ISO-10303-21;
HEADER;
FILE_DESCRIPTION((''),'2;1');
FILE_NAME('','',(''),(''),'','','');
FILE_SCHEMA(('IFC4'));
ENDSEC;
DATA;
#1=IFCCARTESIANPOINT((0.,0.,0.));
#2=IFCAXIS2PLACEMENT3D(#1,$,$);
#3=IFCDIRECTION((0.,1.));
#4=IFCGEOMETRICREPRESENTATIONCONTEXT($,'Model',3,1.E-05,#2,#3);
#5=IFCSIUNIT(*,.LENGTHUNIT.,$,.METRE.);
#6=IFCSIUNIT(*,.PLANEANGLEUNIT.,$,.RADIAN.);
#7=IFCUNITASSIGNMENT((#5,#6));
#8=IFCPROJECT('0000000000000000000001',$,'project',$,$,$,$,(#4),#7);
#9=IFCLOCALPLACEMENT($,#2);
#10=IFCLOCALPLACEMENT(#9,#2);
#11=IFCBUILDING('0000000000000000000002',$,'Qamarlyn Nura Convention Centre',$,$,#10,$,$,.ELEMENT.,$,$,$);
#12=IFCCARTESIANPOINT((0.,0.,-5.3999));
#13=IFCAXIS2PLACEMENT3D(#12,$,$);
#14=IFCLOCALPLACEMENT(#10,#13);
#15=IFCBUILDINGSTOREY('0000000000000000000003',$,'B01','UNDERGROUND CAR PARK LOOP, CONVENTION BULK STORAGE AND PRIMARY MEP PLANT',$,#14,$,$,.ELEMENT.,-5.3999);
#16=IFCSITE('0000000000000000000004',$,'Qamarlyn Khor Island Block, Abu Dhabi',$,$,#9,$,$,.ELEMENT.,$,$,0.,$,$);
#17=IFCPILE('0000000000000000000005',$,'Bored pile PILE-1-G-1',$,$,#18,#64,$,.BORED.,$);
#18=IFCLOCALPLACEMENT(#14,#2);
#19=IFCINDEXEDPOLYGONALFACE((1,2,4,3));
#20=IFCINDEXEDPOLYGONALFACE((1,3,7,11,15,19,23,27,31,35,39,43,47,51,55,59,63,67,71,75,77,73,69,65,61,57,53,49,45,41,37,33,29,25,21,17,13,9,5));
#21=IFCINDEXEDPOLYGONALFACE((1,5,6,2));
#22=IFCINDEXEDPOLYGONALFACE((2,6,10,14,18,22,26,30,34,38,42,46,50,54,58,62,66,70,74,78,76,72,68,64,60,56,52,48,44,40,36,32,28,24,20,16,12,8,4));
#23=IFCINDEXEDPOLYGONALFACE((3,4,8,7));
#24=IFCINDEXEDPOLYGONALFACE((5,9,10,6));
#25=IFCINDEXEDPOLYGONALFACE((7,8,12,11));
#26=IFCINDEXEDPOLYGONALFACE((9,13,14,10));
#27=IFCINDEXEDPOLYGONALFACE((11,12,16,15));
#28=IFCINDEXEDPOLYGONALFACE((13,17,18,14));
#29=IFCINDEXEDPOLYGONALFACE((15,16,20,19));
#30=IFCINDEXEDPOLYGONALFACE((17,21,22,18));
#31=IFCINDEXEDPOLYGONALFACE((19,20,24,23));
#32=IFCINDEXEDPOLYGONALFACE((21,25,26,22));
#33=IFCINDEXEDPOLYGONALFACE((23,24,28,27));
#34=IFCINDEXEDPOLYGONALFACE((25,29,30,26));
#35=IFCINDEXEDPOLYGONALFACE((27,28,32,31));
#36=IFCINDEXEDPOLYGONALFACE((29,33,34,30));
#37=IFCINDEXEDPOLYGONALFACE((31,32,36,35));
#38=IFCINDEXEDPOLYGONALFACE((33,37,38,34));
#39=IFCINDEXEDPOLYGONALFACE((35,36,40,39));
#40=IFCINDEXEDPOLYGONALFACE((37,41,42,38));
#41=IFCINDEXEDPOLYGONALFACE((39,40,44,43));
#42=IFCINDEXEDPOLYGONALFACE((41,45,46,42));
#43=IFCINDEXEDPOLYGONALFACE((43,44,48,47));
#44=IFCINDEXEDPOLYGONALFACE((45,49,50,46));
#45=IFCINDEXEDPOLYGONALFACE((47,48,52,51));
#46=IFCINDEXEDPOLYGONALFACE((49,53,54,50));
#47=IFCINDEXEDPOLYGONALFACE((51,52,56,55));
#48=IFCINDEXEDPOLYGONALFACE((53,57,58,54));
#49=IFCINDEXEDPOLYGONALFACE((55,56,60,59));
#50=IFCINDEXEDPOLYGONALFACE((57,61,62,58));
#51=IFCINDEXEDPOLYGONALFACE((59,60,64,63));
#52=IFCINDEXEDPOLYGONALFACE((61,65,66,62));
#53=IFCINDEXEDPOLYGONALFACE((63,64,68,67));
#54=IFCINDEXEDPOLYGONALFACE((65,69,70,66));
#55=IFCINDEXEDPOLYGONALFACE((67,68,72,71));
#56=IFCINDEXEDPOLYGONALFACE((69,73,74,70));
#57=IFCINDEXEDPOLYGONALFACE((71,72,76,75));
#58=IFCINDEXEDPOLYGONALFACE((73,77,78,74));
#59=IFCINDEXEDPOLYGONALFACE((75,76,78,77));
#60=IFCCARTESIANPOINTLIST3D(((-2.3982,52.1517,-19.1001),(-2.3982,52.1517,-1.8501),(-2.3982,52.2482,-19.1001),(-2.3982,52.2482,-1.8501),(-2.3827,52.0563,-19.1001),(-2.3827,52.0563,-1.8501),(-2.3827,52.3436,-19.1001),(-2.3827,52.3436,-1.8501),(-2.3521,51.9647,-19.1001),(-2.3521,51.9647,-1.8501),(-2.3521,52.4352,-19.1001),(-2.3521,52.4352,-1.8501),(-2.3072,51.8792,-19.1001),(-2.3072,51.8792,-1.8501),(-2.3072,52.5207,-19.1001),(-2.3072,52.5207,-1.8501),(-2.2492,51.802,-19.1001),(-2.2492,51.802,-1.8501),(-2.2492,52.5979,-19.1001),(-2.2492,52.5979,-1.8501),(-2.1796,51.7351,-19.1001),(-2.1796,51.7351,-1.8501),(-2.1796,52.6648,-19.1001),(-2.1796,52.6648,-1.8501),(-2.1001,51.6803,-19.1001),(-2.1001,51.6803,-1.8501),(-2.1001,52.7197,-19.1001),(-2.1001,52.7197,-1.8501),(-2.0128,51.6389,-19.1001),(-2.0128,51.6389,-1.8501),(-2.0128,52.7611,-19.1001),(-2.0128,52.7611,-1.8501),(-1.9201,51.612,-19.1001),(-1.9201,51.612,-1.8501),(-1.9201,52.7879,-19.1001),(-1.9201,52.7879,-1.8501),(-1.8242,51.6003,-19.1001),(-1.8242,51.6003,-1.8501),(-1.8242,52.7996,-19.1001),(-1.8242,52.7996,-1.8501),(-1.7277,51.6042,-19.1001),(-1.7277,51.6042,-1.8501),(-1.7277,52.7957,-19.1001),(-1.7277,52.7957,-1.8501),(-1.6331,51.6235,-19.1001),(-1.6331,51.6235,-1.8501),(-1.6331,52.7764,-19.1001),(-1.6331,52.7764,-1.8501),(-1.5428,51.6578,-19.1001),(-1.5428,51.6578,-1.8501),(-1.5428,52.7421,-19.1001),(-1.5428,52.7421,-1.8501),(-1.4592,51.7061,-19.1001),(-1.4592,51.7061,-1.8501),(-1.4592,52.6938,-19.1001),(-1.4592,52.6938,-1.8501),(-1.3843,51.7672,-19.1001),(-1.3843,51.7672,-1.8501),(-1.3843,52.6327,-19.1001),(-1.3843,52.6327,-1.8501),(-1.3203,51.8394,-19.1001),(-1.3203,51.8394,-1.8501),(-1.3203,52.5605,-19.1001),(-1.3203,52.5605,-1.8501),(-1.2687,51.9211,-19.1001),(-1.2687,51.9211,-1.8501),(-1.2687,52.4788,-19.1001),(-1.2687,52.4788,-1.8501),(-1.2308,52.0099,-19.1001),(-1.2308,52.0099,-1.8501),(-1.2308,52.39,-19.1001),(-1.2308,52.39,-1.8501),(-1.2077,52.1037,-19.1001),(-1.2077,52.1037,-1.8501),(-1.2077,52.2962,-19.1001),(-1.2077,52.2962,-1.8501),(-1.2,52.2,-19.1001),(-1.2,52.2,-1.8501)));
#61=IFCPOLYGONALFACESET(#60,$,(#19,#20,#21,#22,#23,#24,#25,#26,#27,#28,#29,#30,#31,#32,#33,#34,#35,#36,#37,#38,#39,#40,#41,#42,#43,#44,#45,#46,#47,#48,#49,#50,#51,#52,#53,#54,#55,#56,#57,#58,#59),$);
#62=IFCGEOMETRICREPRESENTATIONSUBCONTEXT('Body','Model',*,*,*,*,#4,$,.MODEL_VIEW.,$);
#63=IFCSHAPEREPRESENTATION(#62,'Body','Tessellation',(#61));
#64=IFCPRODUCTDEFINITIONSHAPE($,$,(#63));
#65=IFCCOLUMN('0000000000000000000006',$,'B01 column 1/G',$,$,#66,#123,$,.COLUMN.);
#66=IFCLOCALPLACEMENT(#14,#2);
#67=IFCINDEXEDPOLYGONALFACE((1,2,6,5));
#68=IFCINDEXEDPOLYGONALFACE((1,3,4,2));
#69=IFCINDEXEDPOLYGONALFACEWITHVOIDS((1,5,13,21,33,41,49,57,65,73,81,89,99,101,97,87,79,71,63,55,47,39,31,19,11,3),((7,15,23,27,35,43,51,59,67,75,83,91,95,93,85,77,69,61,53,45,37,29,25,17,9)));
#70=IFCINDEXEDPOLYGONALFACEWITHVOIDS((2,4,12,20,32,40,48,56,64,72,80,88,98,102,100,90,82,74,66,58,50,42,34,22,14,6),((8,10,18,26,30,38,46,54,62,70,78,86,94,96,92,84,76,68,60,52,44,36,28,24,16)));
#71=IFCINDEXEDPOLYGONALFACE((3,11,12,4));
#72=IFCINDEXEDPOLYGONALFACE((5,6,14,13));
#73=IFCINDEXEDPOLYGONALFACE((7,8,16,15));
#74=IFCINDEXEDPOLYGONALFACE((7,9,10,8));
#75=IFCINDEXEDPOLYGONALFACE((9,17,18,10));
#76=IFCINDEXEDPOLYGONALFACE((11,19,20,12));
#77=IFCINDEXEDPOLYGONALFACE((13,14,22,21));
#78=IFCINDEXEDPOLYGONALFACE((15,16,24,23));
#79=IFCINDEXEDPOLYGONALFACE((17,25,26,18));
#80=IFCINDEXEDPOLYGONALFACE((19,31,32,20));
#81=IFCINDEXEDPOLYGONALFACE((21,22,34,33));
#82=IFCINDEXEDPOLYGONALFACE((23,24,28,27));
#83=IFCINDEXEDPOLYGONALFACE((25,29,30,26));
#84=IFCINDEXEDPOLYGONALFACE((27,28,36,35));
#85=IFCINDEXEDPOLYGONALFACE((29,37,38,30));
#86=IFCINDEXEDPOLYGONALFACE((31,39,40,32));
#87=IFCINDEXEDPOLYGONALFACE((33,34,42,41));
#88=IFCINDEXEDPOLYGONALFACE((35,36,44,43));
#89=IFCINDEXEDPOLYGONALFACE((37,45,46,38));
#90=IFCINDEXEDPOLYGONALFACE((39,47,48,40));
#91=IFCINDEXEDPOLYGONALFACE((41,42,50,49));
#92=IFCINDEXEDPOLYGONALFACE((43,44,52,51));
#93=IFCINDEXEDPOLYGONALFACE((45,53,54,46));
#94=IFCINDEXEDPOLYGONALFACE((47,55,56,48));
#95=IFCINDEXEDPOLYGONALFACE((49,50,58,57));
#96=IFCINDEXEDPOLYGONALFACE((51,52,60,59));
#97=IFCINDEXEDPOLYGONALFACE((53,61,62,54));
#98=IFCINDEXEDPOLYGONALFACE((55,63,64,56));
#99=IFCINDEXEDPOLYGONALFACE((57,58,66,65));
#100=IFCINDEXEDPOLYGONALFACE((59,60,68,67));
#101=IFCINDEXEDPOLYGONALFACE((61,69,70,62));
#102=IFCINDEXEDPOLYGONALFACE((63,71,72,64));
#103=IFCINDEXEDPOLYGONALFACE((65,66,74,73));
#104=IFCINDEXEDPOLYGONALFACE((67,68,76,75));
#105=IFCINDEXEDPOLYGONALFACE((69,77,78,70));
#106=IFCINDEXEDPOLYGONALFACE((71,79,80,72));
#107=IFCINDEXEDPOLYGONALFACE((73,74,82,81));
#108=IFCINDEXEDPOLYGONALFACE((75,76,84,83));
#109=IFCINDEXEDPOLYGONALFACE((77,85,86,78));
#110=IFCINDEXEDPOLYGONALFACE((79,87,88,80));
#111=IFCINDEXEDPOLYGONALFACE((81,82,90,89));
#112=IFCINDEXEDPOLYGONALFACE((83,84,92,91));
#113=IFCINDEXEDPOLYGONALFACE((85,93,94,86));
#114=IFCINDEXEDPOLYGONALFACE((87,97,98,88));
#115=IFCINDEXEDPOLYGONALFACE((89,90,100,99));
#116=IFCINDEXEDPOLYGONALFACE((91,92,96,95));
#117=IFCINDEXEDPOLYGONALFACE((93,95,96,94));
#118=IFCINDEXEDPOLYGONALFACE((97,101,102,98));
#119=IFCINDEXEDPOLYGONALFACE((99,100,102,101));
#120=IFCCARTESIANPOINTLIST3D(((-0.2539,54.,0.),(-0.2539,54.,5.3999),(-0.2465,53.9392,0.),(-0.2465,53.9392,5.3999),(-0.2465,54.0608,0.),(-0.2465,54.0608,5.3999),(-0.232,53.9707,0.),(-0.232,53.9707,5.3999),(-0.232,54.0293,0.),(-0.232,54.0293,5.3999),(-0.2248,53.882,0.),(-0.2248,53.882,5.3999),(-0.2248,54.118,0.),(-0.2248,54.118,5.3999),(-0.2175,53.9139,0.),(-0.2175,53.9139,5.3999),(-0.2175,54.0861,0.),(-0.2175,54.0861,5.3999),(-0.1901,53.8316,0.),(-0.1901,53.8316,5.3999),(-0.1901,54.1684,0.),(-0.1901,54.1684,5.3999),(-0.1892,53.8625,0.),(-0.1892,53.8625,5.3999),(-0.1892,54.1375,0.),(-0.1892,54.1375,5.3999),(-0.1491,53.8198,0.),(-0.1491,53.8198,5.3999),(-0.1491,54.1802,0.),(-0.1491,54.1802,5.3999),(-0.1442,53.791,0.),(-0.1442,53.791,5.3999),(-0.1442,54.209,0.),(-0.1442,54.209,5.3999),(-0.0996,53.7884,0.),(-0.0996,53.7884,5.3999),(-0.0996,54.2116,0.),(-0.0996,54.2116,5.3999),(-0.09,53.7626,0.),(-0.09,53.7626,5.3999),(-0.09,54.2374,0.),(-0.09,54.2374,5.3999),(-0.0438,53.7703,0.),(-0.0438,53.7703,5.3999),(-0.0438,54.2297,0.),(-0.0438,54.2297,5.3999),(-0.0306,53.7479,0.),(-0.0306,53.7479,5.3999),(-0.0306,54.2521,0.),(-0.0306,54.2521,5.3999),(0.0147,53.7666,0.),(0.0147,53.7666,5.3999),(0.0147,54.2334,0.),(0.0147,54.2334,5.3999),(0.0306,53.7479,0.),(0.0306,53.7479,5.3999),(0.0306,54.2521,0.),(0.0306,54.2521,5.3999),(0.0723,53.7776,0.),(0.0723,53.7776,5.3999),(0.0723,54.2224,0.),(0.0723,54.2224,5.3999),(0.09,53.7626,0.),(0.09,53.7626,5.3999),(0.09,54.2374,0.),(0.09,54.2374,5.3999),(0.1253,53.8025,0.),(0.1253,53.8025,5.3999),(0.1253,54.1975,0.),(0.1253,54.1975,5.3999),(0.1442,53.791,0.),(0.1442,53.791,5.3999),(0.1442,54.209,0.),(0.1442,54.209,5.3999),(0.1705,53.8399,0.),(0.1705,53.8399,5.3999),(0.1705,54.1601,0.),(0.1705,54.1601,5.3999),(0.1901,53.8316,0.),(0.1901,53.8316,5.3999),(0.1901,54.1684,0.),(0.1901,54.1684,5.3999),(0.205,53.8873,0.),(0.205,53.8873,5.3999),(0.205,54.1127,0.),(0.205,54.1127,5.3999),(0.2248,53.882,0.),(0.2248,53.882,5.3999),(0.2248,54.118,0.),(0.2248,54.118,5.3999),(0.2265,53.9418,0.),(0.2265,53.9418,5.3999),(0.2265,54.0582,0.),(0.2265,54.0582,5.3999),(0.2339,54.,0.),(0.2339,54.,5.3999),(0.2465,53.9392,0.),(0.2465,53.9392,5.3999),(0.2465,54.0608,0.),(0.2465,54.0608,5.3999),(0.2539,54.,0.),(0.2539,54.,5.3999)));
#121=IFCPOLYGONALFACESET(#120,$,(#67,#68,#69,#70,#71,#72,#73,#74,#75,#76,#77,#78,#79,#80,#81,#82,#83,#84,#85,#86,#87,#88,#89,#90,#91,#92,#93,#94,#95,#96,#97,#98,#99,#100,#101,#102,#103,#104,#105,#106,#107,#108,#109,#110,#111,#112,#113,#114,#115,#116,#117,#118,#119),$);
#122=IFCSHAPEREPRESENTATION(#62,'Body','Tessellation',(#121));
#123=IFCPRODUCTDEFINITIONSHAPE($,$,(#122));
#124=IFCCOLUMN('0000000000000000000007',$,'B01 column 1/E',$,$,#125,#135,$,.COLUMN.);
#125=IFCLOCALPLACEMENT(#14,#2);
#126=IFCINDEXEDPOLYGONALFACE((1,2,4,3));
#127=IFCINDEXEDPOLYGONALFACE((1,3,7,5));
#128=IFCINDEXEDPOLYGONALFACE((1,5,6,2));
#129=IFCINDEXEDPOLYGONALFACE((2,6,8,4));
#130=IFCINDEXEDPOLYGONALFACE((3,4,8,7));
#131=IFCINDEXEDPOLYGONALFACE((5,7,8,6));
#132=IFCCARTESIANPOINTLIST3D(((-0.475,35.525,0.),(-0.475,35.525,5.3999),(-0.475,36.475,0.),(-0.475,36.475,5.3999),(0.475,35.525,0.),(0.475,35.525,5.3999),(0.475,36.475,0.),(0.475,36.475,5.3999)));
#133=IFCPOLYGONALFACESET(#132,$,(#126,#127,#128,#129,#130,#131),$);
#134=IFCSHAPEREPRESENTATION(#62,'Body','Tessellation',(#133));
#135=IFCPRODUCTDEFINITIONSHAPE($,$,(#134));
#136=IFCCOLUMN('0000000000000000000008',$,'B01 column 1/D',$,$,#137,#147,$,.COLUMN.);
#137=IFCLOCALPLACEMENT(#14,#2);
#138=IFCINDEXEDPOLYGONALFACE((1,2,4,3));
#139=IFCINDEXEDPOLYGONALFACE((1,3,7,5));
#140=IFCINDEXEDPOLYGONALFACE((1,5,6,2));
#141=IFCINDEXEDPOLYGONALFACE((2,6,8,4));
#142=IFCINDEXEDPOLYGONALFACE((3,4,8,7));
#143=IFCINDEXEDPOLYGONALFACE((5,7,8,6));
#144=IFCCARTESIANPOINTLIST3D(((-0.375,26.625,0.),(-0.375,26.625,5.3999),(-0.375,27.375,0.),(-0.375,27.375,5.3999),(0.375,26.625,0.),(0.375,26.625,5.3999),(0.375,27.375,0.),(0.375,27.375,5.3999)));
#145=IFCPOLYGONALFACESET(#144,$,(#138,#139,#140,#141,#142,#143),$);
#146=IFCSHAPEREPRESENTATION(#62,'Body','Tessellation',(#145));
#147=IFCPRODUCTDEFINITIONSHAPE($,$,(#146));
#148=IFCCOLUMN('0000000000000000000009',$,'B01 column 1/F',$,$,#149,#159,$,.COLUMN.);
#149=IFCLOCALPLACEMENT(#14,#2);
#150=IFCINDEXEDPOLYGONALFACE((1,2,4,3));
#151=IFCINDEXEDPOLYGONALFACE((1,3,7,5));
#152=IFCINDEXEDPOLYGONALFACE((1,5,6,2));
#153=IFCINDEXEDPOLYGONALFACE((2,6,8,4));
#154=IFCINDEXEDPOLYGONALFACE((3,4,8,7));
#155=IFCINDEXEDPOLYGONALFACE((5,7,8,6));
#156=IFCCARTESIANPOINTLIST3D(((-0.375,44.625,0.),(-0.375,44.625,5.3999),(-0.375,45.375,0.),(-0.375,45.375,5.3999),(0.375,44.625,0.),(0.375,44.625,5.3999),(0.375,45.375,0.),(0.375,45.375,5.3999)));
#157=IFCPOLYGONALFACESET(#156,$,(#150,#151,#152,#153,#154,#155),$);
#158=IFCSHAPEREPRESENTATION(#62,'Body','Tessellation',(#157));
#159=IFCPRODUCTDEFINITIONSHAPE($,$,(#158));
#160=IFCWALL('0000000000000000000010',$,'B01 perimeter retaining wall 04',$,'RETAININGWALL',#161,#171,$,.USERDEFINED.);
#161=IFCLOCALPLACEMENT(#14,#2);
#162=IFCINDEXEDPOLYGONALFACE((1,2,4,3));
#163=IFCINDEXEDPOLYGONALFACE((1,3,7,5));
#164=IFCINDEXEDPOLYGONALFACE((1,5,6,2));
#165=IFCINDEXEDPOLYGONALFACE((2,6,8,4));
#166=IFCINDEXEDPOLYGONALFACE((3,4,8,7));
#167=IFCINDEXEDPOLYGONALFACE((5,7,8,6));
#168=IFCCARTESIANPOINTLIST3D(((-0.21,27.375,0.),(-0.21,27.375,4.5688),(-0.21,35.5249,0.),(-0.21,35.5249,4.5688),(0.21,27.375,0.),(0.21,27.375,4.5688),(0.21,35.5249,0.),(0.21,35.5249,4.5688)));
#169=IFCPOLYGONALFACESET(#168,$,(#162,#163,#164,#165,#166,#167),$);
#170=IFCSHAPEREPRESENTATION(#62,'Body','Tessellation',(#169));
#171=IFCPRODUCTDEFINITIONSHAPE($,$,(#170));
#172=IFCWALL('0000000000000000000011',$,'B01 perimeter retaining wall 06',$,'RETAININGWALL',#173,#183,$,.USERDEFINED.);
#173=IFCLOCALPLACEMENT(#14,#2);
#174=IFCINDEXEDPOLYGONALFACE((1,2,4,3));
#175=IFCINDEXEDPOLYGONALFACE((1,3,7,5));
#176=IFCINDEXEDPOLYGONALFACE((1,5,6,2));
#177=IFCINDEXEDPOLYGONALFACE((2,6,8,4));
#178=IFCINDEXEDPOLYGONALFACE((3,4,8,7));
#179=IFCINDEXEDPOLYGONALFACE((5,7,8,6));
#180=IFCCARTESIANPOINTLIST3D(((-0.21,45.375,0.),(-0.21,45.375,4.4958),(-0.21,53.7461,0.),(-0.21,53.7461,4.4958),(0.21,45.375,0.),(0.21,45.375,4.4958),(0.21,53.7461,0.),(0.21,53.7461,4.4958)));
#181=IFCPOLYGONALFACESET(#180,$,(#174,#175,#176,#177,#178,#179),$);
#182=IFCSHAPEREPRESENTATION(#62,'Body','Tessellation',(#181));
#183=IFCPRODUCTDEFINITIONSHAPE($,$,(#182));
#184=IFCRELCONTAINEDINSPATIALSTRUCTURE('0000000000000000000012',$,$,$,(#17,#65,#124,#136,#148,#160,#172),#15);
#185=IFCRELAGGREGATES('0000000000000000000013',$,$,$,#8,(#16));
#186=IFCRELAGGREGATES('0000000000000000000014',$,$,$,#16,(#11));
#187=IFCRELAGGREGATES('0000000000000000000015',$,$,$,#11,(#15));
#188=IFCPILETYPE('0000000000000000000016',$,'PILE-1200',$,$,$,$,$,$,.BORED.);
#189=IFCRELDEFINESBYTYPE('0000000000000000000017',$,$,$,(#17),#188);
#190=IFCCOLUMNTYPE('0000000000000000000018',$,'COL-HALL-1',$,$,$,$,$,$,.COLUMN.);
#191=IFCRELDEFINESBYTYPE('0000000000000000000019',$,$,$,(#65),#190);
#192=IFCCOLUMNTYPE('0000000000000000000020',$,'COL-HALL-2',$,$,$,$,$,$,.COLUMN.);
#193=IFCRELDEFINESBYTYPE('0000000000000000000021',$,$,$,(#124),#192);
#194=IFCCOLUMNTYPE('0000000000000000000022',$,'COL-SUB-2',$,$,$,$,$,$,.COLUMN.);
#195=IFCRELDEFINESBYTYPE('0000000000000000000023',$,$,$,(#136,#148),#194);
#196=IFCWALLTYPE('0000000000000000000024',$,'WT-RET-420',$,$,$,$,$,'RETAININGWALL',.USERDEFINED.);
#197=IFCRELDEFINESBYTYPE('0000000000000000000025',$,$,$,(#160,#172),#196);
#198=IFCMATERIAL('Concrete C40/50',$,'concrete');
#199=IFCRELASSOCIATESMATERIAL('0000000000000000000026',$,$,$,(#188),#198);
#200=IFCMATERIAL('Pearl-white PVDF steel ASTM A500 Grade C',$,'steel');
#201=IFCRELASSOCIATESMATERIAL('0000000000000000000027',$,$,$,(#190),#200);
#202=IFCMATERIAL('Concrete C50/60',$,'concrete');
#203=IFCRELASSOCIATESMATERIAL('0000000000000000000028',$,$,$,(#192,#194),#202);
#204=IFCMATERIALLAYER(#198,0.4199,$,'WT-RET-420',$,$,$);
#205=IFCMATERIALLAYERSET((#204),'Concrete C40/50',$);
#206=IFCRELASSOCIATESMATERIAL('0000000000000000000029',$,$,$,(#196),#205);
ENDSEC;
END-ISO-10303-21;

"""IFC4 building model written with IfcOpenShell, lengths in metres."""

from ifc_helpers import new_model, si_unit, direction, frame, frame_2d, origin, origin_2d, place, context, subcontext, project, spatial, rectangle, circle, hollow_circle, extrude, material, layer, layer_set, material_profile, profile_set, type_object, element, save


model = new_model("IFC4")

# Units and contexts
model_context = context("Model", 3, precision=1e-05, world=origin(), true_north=direction((0.0, 1.0)))
body_context = subcontext(model_context, "Body", "Model", "MODEL_VIEW")
ifc_project = project(units=[si_unit("LENGTHUNIT", "METRE"), si_unit("PLANEANGLEUNIT", "RADIAN")], contexts=[model_context])

# Site, building, storey
site_placement = place(None, origin())
site = spatial("IfcSite", under=ifc_project, at=site_placement, Name="Qamarlyn Khor Island Block, Abu Dhabi", CompositionType="ELEMENT", RefElevation=0.0)
building_placement = place(site_placement, origin())
building = spatial("IfcBuilding", under=site, at=building_placement, Name="Qamarlyn Nura Convention Centre", CompositionType="ELEMENT")
storey_placement = place(building_placement, frame((0.0, 0.0, -5.3999)))
storey = spatial("IfcBuildingStorey", under=building, at=storey_placement, Name="B01", Description="UNDERGROUND CAR PARK LOOP, CONVENTION BULK STORAGE AND PRIMARY MEP PLANT", CompositionType="ELEMENT", Elevation=-5.3999)

# Shared definitions
ifc_material_1 = material(Name="Concrete C40/50", Category="concrete")

# Pile
ifc_material_profile_1 = material_profile(ifc_material_1, circle(Radius=0.6001, at=origin_2d()), Name="BORED PILE 1200")
ifc_profile_set_1 = profile_set([ifc_material_profile_1], Name="Concrete C40/50")
pile_type = type_object("IfcPileType", Name="PILE-1200", PredefinedType="BORED", material=ifc_profile_set_1)
pile_placement = place(storey_placement, frame((-1.8, 52.2, -1.8501), z_axis=(0.0, 0.0, -1.0), x_axis=(1.0, 0.0, 0.0)))
element("IfcPile", 1, at=pile_placement, inside=storey, type_object=pile_type, Name="Bored pile PILE-1-G-1", PredefinedType="BORED", context=body_context, shape_type="SweptSolid", body=[
    extrude(circle(Radius=0.6001, at=origin_2d()), origin(), (0.0, 0.0, 1.0), 17.25),
])

# Columns
ifc_material_2 = material(Name="Pearl-white PVDF steel ASTM A500 Grade C", Category="steel")
ifc_material_profile_2 = material_profile(ifc_material_2, hollow_circle(Radius=0.2539, WallThickness=0.02, at=origin_2d()), Name="CHS508X20")
ifc_profile_set_2 = profile_set([ifc_material_profile_2], Name="Pearl-white PVDF steel ASTM A500 Grade C")
column_type_1 = type_object("IfcColumnType", Name="COL-HALL-1", PredefinedType="COLUMN", material=ifc_profile_set_2)
column_1_placement = place(storey_placement, frame((0.0, 54.0, 0.0), z_axis=(0.0, 0.0, 1.0), x_axis=(1.0, 0.0, 0.0)))
element("IfcColumn", 2, at=column_1_placement, inside=storey, type_object=column_type_1, Name="B01 column 1/G", PredefinedType="COLUMN", context=body_context, shape_type="SweptSolid", body=[
    extrude(hollow_circle(Radius=0.2539, WallThickness=0.02, at=origin_2d()), origin(), (0.0, 0.0, 1.0), 5.3999),
])
ifc_material_3 = material(Name="Concrete C50/60", Category="concrete")
ifc_material_profile_3 = material_profile(ifc_material_3, rectangle(XDim=0.95, YDim=0.95, at=origin_2d()), Name="RC 950x950")
ifc_profile_set_3 = profile_set([ifc_material_profile_3], Name="Concrete C50/60")
column_type_2 = type_object("IfcColumnType", Name="COL-HALL-2", PredefinedType="COLUMN", material=ifc_profile_set_3)
column_2_placement = place(storey_placement, frame((0.0, 36.0, 0.0), z_axis=(0.0, 0.0, 1.0), x_axis=(1.0, 0.0, 0.0)))
element("IfcColumn", 3, at=column_2_placement, inside=storey, type_object=column_type_2, Name="B01 column 1/E", PredefinedType="COLUMN", context=body_context, shape_type="SweptSolid", body=[
    extrude(rectangle(XDim=0.95, YDim=0.95, at=origin_2d()), origin(), (0.0, 0.0, 1.0), 5.3999),
])
ifc_material_profile_4 = material_profile(ifc_material_3, rectangle(XDim=0.75, YDim=0.75, at=origin_2d()), Name="RC 750x750")
ifc_profile_set_4 = profile_set([ifc_material_profile_4], Name="Concrete C50/60")
column_type_3 = type_object("IfcColumnType", Name="COL-SUB-2", PredefinedType="COLUMN", material=ifc_profile_set_4)
for number, where, z_axis, x_axis, name in (
    (4, (0.0, 27.0, 0.0), (0.0, 0.0, 1.0), (1.0, 0.0, 0.0), "B01 column 1/D"),
    (5, (0.0, 45.0, 0.0), (0.0, 0.0, 1.0), (1.0, 0.0, 0.0), "B01 column 1/F"),
):
    element("IfcColumn", number, at=place(storey_placement, frame(where, z_axis=z_axis, x_axis=x_axis)), inside=storey, type_object=column_type_3, Name=name, PredefinedType="COLUMN", context=body_context, shape_type="SweptSolid", body=[
        extrude(rectangle(XDim=0.75, YDim=0.75, at=origin_2d()), origin(), (0.0, 0.0, 1.0), 5.3999),
    ])

# Walls
ifc_layer_1 = layer(ifc_material_1, 0.4199, Name="WT-RET-420")
ifc_layer_set_1 = layer_set([ifc_layer_1], Name="Concrete C40/50")
wall_type_1 = type_object("IfcWallType", Name="WT-RET-420", ElementType="RETAININGWALL", PredefinedType="USERDEFINED", material=ifc_layer_set_1)
wall_1_placement = place(storey_placement, frame((0.0, 27.375, 0.0), z_axis=(0.0, 0.0, 1.0), x_axis=(0.0, 1.0, 0.0)))
element("IfcWall", 6, at=wall_1_placement, inside=storey, type_object=wall_type_1, Name="B01 perimeter retaining wall 04", ObjectType="RETAININGWALL", PredefinedType="USERDEFINED", context=body_context, shape_type="SweptSolid", body=[
    extrude(rectangle(XDim=8.1499, YDim=0.4199, at=frame_2d((4.075, 0.0))), origin(), (0.0, 0.0, 1.0), 4.5688),
])
wall_2_placement = place(storey_placement, frame((0.0, 45.375, 0.0), z_axis=(0.0, 0.0, 1.0), x_axis=(0.0, 1.0, 0.0)))
element("IfcWall", 7, at=wall_2_placement, inside=storey, type_object=wall_type_1, Name="B01 perimeter retaining wall 06", ObjectType="RETAININGWALL", PredefinedType="USERDEFINED", context=body_context, shape_type="SweptSolid", body=[
    extrude(rectangle(XDim=8.3711, YDim=0.4199, at=frame_2d((4.1855, 0.0))), origin(), (0.0, 0.0, 1.0), 4.4958),
])

save(model, "model.ifc")
